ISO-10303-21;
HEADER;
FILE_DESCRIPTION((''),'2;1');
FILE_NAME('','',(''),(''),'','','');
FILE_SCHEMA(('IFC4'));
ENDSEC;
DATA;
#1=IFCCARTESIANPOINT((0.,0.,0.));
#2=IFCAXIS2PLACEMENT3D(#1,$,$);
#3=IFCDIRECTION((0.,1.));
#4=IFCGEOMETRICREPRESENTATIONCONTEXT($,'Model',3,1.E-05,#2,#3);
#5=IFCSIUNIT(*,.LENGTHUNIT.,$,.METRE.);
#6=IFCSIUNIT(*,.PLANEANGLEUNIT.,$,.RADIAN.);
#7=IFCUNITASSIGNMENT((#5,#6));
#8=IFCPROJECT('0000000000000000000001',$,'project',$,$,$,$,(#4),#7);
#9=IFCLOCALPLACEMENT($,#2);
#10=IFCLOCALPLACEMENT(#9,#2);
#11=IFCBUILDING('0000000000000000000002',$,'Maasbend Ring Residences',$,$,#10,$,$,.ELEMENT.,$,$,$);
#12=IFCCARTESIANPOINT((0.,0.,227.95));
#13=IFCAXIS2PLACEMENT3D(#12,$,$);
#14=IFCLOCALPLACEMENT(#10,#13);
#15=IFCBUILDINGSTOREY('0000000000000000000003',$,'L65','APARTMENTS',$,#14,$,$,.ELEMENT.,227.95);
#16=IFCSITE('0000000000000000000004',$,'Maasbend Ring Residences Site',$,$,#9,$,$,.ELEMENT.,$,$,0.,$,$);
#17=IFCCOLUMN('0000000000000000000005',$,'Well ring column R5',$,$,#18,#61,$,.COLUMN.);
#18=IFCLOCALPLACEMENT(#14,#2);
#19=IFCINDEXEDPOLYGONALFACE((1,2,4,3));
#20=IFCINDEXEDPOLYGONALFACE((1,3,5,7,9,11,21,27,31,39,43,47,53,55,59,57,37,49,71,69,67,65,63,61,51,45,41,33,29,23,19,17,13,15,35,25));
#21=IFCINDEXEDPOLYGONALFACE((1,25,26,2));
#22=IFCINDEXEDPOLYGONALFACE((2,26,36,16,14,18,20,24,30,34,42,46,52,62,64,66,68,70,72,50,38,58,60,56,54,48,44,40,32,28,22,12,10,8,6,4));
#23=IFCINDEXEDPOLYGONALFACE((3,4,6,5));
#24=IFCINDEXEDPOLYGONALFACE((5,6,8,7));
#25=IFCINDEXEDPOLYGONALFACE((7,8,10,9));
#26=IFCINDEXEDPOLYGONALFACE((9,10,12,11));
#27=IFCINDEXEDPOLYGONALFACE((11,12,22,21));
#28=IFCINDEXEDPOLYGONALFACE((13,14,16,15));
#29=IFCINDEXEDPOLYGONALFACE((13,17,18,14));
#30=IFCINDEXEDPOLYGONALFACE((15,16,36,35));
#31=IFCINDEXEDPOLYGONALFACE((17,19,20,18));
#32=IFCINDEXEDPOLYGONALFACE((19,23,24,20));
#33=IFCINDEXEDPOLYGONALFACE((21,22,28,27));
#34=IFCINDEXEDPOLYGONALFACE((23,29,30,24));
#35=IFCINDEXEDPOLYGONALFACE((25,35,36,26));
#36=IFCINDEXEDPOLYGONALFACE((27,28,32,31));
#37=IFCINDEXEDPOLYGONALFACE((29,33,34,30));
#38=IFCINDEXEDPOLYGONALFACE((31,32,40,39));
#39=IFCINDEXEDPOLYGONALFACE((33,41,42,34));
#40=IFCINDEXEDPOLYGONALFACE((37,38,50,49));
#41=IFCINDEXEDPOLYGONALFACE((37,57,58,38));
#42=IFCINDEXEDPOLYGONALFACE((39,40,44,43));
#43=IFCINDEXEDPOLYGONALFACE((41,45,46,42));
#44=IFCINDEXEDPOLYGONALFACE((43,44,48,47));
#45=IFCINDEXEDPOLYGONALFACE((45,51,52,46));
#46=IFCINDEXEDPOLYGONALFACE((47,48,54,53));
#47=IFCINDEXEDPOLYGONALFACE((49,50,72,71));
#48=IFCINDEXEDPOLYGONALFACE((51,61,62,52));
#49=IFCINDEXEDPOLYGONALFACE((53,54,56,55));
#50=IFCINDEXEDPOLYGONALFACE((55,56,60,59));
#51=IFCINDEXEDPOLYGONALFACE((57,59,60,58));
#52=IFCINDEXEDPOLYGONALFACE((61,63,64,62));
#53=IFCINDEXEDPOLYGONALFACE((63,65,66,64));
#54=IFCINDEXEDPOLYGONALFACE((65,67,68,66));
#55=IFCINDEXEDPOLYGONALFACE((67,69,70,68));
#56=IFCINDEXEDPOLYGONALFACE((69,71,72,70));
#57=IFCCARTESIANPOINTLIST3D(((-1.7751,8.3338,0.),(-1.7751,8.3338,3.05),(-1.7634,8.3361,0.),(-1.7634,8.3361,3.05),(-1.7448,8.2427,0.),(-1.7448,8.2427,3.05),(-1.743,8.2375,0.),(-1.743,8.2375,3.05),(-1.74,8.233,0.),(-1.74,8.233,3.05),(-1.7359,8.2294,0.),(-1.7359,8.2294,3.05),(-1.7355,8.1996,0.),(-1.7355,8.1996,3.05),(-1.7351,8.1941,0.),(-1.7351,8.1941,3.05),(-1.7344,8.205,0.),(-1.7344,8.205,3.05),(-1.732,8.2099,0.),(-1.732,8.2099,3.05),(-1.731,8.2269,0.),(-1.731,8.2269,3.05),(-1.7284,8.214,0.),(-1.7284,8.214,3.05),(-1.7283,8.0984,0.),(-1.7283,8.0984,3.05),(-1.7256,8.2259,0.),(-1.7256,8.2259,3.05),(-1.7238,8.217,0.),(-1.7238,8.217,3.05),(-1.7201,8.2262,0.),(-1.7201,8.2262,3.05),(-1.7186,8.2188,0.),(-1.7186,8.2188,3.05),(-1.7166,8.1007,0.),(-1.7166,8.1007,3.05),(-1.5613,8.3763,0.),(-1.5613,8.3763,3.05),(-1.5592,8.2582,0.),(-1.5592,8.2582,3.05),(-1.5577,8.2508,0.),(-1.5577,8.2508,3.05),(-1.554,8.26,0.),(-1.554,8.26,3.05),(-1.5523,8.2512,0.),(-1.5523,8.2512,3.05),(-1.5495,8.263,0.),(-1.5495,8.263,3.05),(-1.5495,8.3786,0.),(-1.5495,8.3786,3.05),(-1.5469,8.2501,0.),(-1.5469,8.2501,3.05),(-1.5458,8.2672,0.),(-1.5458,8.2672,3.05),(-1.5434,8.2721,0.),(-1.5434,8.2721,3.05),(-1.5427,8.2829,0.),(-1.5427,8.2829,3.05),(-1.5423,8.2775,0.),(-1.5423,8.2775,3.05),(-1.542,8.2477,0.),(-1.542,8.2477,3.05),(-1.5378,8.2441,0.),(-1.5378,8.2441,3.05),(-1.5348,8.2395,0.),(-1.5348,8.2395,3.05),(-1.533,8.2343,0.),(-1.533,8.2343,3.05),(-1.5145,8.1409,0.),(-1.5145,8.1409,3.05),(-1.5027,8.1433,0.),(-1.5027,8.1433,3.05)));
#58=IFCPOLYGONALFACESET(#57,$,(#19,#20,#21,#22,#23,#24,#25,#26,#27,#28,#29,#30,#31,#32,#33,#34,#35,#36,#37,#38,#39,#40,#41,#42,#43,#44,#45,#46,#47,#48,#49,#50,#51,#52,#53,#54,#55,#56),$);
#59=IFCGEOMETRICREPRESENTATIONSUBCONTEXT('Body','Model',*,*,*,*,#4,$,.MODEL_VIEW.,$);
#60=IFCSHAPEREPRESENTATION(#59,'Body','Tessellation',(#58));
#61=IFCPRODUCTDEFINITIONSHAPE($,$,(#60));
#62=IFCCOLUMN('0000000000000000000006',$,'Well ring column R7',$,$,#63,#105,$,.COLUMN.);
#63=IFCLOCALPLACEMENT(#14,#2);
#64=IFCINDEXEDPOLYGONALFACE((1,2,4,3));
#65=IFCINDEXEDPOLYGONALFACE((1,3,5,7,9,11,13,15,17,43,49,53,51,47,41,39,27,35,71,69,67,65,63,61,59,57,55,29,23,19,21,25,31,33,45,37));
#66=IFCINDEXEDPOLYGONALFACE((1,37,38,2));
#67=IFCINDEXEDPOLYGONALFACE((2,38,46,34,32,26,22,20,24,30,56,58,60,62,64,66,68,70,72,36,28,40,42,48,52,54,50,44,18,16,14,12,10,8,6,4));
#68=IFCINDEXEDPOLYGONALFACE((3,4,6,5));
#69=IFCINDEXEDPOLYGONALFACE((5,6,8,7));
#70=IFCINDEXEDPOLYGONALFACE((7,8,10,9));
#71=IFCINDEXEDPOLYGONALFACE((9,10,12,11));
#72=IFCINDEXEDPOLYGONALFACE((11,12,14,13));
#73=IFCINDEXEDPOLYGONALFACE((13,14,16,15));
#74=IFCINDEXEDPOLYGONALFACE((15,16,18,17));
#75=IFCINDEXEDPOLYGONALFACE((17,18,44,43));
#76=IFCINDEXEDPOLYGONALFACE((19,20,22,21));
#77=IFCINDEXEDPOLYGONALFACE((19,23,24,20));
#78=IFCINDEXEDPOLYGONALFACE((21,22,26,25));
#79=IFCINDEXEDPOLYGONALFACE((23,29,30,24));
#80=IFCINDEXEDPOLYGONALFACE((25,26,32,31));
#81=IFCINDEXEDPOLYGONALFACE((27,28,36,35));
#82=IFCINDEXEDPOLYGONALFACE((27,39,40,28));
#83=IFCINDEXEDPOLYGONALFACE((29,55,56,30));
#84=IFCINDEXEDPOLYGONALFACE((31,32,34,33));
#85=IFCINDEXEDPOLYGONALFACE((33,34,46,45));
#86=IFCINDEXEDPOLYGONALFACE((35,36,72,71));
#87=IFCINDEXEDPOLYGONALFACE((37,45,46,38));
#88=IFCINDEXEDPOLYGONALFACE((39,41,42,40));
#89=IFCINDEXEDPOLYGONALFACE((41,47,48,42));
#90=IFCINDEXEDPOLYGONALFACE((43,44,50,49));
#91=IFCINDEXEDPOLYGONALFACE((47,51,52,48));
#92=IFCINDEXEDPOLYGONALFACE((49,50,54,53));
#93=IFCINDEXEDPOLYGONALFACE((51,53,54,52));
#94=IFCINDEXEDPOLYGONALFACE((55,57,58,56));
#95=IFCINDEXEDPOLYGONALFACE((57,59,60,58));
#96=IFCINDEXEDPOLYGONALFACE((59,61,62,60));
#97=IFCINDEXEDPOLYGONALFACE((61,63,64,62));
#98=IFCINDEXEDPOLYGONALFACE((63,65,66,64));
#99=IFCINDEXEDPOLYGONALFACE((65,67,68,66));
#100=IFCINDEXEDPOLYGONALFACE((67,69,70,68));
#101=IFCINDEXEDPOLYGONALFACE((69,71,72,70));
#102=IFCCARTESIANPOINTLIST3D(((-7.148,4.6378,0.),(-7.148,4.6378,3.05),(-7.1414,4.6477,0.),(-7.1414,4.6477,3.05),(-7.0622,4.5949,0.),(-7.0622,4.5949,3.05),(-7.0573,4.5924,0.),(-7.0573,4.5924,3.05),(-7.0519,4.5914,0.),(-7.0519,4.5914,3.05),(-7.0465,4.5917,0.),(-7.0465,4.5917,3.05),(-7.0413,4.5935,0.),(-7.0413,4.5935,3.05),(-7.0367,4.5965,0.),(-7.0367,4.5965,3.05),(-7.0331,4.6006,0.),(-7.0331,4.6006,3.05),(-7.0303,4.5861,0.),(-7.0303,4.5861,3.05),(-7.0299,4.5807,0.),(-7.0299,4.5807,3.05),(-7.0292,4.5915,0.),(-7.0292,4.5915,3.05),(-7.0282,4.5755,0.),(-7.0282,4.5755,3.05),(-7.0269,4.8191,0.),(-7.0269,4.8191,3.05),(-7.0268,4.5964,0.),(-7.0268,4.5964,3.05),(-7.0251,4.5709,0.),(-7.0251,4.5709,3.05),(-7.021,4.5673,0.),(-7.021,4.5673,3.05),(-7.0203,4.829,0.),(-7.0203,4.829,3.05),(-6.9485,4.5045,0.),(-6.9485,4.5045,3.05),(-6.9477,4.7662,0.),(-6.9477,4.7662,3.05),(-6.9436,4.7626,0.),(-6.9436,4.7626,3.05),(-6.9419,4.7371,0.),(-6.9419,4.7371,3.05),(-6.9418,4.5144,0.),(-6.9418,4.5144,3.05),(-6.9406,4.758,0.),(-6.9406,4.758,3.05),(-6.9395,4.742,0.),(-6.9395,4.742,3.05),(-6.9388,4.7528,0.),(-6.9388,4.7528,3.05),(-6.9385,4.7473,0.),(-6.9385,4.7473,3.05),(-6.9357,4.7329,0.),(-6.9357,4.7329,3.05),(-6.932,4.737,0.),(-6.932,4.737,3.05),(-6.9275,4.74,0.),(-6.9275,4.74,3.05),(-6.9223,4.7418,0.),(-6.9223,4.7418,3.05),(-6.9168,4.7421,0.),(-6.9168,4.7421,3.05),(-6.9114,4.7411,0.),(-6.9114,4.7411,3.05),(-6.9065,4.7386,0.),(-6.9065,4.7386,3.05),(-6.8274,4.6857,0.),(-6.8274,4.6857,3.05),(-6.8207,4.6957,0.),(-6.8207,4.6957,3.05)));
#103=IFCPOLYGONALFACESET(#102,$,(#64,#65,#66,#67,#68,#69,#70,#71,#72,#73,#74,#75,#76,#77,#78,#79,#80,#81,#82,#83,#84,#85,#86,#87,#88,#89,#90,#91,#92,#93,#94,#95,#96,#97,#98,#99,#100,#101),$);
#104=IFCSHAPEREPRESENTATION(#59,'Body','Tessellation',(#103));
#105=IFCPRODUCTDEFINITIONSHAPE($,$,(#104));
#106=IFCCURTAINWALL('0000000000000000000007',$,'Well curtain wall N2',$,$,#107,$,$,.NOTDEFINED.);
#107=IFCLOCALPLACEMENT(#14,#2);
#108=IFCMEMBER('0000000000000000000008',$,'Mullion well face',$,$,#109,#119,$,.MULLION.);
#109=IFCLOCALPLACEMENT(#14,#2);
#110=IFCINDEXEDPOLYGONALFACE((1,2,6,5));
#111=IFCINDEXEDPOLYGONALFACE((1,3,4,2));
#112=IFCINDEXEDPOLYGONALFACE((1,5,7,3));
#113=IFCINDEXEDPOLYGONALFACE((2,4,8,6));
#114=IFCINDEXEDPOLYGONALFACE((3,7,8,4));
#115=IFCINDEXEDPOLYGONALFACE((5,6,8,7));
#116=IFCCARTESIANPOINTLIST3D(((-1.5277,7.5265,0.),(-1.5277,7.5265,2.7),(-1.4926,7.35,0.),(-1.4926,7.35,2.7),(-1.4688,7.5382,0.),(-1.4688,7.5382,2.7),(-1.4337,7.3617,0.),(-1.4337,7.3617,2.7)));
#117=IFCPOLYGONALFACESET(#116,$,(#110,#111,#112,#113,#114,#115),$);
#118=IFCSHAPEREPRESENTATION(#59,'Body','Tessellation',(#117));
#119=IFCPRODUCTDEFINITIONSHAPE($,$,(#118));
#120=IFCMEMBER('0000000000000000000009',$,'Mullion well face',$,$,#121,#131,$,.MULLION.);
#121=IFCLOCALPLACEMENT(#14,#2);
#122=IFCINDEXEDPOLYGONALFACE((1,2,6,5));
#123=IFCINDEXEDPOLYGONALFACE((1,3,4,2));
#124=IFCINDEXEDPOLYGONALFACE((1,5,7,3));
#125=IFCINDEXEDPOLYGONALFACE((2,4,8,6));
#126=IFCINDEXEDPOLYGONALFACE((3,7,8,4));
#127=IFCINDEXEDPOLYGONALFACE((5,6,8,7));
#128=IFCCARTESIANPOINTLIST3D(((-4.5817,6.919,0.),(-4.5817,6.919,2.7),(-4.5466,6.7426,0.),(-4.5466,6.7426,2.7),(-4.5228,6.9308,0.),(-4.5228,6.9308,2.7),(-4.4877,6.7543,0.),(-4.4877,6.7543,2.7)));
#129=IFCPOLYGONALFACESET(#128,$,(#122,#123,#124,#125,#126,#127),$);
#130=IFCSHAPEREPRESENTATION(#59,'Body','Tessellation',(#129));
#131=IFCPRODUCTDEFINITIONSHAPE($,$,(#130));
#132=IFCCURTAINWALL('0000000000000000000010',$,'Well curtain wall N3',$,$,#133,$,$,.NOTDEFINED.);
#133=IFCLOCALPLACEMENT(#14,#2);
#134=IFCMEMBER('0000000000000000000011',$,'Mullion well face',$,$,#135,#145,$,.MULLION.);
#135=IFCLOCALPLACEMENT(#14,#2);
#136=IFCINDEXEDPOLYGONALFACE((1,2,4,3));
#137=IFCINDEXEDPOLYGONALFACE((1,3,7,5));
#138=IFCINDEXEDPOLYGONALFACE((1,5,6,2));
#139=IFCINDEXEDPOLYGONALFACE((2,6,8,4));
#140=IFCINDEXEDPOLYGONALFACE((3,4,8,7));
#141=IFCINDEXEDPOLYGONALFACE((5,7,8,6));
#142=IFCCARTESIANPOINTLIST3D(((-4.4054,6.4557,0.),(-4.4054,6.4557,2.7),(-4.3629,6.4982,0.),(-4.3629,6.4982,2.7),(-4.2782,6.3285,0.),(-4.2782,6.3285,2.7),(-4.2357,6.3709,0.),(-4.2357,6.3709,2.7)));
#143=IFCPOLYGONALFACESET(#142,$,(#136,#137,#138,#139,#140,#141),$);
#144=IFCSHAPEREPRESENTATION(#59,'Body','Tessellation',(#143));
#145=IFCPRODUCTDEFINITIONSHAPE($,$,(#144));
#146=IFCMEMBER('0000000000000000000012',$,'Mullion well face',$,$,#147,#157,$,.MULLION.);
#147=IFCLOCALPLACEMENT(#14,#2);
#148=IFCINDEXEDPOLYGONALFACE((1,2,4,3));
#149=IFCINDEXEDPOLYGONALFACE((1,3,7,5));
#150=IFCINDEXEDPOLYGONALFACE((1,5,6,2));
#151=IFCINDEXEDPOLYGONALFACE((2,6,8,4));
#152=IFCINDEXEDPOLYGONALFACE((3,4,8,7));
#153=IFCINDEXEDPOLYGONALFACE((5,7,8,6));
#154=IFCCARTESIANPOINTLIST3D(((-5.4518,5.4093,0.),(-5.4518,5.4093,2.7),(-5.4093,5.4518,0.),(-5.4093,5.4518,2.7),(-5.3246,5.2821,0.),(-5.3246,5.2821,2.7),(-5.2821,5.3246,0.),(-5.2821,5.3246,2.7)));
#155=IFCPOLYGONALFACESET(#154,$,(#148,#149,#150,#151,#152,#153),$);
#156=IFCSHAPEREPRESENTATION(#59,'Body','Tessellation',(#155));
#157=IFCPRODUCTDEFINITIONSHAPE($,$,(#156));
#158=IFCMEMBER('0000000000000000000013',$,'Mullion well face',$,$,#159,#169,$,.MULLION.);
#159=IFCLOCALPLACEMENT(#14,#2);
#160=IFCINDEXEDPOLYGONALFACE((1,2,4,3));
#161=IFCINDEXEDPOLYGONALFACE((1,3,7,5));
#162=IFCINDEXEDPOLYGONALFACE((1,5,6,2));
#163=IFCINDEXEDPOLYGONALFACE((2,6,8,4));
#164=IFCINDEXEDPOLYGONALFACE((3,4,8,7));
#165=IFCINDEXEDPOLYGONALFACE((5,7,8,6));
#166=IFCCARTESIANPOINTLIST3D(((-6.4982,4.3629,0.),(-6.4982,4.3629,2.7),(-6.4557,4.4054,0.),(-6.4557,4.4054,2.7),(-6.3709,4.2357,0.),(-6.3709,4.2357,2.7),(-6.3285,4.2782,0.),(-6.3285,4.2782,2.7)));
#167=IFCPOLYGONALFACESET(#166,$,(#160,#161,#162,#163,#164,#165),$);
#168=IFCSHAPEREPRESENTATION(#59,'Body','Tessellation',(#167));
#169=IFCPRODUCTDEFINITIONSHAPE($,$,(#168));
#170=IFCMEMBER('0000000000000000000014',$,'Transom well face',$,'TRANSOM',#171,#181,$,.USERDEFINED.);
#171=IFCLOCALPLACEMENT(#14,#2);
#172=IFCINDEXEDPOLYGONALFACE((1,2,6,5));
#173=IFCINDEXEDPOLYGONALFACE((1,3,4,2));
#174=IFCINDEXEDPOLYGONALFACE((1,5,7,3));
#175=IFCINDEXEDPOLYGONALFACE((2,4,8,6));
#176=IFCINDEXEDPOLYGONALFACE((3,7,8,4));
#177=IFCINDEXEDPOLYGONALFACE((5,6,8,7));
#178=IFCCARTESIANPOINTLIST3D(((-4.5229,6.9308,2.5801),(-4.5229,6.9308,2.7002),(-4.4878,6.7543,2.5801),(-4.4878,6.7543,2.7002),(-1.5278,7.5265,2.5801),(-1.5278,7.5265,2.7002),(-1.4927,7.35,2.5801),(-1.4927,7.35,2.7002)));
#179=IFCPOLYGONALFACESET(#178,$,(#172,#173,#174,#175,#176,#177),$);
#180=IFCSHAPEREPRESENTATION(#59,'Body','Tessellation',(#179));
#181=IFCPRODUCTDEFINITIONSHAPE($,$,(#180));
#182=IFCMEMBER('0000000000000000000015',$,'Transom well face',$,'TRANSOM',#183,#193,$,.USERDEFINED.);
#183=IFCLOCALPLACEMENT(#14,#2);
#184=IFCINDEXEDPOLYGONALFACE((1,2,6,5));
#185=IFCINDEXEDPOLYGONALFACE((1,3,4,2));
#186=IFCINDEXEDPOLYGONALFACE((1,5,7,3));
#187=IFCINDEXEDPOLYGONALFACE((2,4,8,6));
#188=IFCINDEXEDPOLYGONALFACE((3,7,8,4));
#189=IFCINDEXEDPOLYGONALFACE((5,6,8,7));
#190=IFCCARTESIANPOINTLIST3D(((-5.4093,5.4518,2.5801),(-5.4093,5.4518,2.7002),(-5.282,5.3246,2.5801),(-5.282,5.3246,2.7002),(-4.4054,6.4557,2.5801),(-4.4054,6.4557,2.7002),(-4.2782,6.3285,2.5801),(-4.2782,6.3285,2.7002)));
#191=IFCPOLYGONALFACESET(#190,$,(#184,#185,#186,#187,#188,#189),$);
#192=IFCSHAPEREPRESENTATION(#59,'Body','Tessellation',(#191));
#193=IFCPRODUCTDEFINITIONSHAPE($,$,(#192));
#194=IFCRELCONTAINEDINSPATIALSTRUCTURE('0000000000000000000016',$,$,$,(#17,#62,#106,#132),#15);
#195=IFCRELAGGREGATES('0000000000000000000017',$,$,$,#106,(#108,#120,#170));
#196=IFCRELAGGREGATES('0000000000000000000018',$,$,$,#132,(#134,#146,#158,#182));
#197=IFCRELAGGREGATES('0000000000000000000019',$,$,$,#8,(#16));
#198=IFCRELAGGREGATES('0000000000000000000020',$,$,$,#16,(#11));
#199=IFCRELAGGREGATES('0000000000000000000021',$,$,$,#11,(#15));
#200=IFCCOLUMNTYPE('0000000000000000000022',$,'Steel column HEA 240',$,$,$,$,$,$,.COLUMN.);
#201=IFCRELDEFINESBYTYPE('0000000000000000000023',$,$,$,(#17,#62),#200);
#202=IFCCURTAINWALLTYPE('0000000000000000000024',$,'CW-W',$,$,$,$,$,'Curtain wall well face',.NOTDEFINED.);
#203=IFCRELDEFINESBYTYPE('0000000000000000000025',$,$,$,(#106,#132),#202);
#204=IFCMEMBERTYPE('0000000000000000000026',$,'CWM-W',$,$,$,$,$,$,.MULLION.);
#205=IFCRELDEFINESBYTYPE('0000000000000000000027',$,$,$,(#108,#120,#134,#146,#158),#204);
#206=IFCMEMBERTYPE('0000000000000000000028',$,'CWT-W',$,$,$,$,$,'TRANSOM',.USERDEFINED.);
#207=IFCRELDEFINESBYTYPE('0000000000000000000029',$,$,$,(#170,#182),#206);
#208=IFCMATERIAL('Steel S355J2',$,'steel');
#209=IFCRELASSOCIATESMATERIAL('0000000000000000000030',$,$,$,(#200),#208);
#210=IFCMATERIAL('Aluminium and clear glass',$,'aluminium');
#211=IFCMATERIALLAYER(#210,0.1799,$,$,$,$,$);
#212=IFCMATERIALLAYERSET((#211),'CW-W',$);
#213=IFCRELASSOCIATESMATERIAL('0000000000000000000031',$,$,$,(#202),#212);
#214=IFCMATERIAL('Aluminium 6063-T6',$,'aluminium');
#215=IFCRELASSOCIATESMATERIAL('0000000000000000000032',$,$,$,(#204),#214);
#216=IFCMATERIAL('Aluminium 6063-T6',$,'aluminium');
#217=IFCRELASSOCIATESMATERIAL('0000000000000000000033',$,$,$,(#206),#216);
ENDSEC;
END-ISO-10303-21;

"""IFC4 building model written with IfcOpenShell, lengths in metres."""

from ifc_helpers import new_model, si_unit, direction, frame, origin, origin_2d, place, context, subcontext, project, spatial, rectangle, i_section, extrude, material, layer, layer_set, material_profile, profile_set, type_object, element, aggregate, save


model = new_model("IFC4")

# Units and contexts
model_context = context("Model", 3, precision=1e-05, world=origin(), true_north=direction((0.0, 1.0)))
body_context = subcontext(model_context, "Body", "Model", "MODEL_VIEW")
ifc_project = project(units=[si_unit("LENGTHUNIT", "METRE"), si_unit("PLANEANGLEUNIT", "RADIAN")], contexts=[model_context])

# Site, building, storey
site_placement = place(None, origin())
site = spatial("IfcSite", under=ifc_project, at=site_placement, Name="Maasbend Ring Residences Site", CompositionType="ELEMENT", RefElevation=0.0)
building_placement = place(site_placement, origin())
building = spatial("IfcBuilding", under=site, at=building_placement, Name="Maasbend Ring Residences", CompositionType="ELEMENT")
storey_placement = place(building_placement, frame((0.0, 0.0, 227.95)))
storey = spatial("IfcBuildingStorey", under=building, at=storey_placement, Name="L65", Description="APARTMENTS", CompositionType="ELEMENT", Elevation=227.95)

# Columns
ifc_material_1 = material(Name="Steel S355J2", Category="steel")
ifc_material_profile_1 = material_profile(ifc_material_1, i_section(OverallWidth=0.24, OverallDepth=0.23, WebThickness=0.0076, FlangeThickness=0.012, FilletRadius=0.021, at=origin_2d()), Name="HEA 240")
ifc_profile_set_1 = profile_set([ifc_material_profile_1], Name="Steel S355J2")
column_type = type_object("IfcColumnType", Name="Steel column HEA 240", PredefinedType="COLUMN", material=ifc_profile_set_1)
for number, where, z_axis, x_axis, name in (
    (1, (-1.6389, 8.2385, 0.0), (0.0, 0.0, 1.0), (-0.19509, 0.980785, 0.0), "Well ring column R5"),
    (2, (-6.9844, 4.6667, 0.0), (0.0, 0.0, 1.0), (-0.83147, 0.55557, 0.0), "Well ring column R7"),
):
    element("IfcColumn", number, at=place(storey_placement, frame(where, z_axis=z_axis, x_axis=x_axis)), inside=storey, type_object=column_type, Name=name, PredefinedType="COLUMN", context=body_context, shape_type="SweptSolid", body=[
        extrude(i_section(OverallWidth=0.24, OverallDepth=0.23, WebThickness=0.0076, FlangeThickness=0.012, FilletRadius=0.021, at=origin_2d()), origin(), (0.0, 0.0, 1.0), 3.05),
    ])

# Curtain walls, members
ifc_material_2 = material(Name="Aluminium and clear glass", Category="aluminium")
ifc_layer_1 = layer(ifc_material_2, 0.1799)
ifc_layer_set_1 = layer_set([ifc_layer_1], Name="CW-W")
curtain_wall_type = type_object("IfcCurtainWallType", Name="CW-W", ElementType="Curtain wall well face", PredefinedType="NOTDEFINED", material=ifc_layer_set_1)
curtain_wall_1_placement = place(storey_placement, origin())
curtain_wall_1 = element("IfcCurtainWall", 3, at=curtain_wall_1_placement, inside=storey, type_object=curtain_wall_type, Name="Well curtain wall N2", PredefinedType="NOTDEFINED")
ifc_material_3 = material(Name="Aluminium 6063-T6", Category="aluminium")
ifc_material_profile_2 = material_profile(ifc_material_3, rectangle(XDim=0.1799, YDim=0.0601, at=origin_2d()), Name="AL 180x60")
ifc_profile_set_2 = profile_set([ifc_material_profile_2], Name="Aluminium 6063-T6")
member_type_1 = type_object("IfcMemberType", Name="CWM-W", PredefinedType="MULLION", material=ifc_profile_set_2)
member_1_placement = place(storey_placement, frame((-1.4807, 7.4441, 0.0), z_axis=(0.0, 0.0, 1.0), x_axis=(0.19509, -0.980785, 0.0)))
member_1 = element("IfcMember", 4, at=member_1_placement, type_object=member_type_1, Name="Mullion well face", PredefinedType="MULLION", context=body_context, shape_type="SweptSolid", body=[
    extrude(rectangle(XDim=0.1799, YDim=0.0601, at=origin_2d()), origin(), (0.0, 0.0, 1.0), 2.7),
])
member_2_placement = place(storey_placement, frame((-4.5347, 6.8367, 0.0), z_axis=(0.0, 0.0, 1.0), x_axis=(0.19509, -0.980785, 0.0)))
member_2 = element("IfcMember", 5, at=member_2_placement, type_object=member_type_1, Name="Mullion well face", PredefinedType="MULLION", context=body_context, shape_type="SweptSolid", body=[
    extrude(rectangle(XDim=0.1799, YDim=0.0601, at=origin_2d()), origin(), (0.0, 0.0, 1.0), 2.7),
])
curtain_wall_2_placement = place(storey_placement, origin())
curtain_wall_2 = element("IfcCurtainWall", 6, at=curtain_wall_2_placement, inside=storey, type_object=curtain_wall_type, Name="Well curtain wall N3", PredefinedType="NOTDEFINED")
member_3_placement = place(storey_placement, frame((-4.3206, 6.4133, 0.0), z_axis=(0.0, 0.0, 1.0), x_axis=(0.707107, -0.707107, 0.0)))
member_3 = element("IfcMember", 7, at=member_3_placement, type_object=member_type_1, Name="Mullion well face", PredefinedType="MULLION", context=body_context, shape_type="SweptSolid", body=[
    extrude(rectangle(XDim=0.1799, YDim=0.0601, at=origin_2d()), origin(), (0.0, 0.0, 1.0), 2.7),
])
member_4_placement = place(storey_placement, frame((-5.3669, 5.3669, 0.0), z_axis=(0.0, 0.0, 1.0), x_axis=(0.707107, -0.707107, 0.0)))
member_4 = element("IfcMember", 8, at=member_4_placement, type_object=member_type_1, Name="Mullion well face", PredefinedType="MULLION", context=body_context, shape_type="SweptSolid", body=[
    extrude(rectangle(XDim=0.1799, YDim=0.0601, at=origin_2d()), origin(), (0.0, 0.0, 1.0), 2.7),
])
member_5_placement = place(storey_placement, frame((-6.4133, 4.3206, 0.0), z_axis=(0.0, 0.0, 1.0), x_axis=(0.707107, -0.707107, 0.0)))
member_5 = element("IfcMember", 9, at=member_5_placement, type_object=member_type_1, Name="Mullion well face", PredefinedType="MULLION", context=body_context, shape_type="SweptSolid", body=[
    extrude(rectangle(XDim=0.1799, YDim=0.0601, at=origin_2d()), origin(), (0.0, 0.0, 1.0), 2.7),
])

# Members
ifc_material_4 = material(Name="Aluminium 6063-T6", Category="aluminium")
ifc_material_profile_3 = material_profile(ifc_material_4, rectangle(XDim=0.1799, YDim=0.1201, at=origin_2d()), Name="AL 180x120")
ifc_profile_set_3 = profile_set([ifc_material_profile_3], Name="Aluminium 6063-T6")
member_type_2 = type_object("IfcMemberType", Name="CWT-W", ElementType="TRANSOM", PredefinedType="USERDEFINED", material=ifc_profile_set_3)
member_6_placement = place(storey_placement, frame((-1.5103, 7.4382, 2.6401), z_axis=(-0.980789, -0.195071, 0.0), x_axis=(0.195071, -0.980789, 0.0)))
member_6 = element("IfcMember", 10, at=member_6_placement, type_object=member_type_2, Name="Transom well face", ObjectType="TRANSOM", PredefinedType="USERDEFINED", context=body_context, shape_type="SweptSolid", body=[
    extrude(rectangle(XDim=0.1799, YDim=0.1201, at=origin_2d()), origin(), (0.0, 0.0, 1.0), 3.0537),
])
member_7_placement = place(storey_placement, frame((-4.3418, 6.3921, 2.6401), z_axis=(-0.707107, -0.707107, 0.0), x_axis=(0.707107, -0.707107, 0.0)))
member_7 = element("IfcMember", 11, at=member_7_placement, type_object=member_type_2, Name="Transom well face", ObjectType="TRANSOM", PredefinedType="USERDEFINED", context=body_context, shape_type="SweptSolid", body=[
    extrude(rectangle(XDim=0.1799, YDim=0.1201, at=origin_2d()), origin(), (0.0, 0.0, 1.0), 1.4197),
])

aggregate(curtain_wall_1, [member_1, member_2, member_6])
aggregate(curtain_wall_2, [member_3, member_4, member_5, member_7])

save(model, "model.ifc")
